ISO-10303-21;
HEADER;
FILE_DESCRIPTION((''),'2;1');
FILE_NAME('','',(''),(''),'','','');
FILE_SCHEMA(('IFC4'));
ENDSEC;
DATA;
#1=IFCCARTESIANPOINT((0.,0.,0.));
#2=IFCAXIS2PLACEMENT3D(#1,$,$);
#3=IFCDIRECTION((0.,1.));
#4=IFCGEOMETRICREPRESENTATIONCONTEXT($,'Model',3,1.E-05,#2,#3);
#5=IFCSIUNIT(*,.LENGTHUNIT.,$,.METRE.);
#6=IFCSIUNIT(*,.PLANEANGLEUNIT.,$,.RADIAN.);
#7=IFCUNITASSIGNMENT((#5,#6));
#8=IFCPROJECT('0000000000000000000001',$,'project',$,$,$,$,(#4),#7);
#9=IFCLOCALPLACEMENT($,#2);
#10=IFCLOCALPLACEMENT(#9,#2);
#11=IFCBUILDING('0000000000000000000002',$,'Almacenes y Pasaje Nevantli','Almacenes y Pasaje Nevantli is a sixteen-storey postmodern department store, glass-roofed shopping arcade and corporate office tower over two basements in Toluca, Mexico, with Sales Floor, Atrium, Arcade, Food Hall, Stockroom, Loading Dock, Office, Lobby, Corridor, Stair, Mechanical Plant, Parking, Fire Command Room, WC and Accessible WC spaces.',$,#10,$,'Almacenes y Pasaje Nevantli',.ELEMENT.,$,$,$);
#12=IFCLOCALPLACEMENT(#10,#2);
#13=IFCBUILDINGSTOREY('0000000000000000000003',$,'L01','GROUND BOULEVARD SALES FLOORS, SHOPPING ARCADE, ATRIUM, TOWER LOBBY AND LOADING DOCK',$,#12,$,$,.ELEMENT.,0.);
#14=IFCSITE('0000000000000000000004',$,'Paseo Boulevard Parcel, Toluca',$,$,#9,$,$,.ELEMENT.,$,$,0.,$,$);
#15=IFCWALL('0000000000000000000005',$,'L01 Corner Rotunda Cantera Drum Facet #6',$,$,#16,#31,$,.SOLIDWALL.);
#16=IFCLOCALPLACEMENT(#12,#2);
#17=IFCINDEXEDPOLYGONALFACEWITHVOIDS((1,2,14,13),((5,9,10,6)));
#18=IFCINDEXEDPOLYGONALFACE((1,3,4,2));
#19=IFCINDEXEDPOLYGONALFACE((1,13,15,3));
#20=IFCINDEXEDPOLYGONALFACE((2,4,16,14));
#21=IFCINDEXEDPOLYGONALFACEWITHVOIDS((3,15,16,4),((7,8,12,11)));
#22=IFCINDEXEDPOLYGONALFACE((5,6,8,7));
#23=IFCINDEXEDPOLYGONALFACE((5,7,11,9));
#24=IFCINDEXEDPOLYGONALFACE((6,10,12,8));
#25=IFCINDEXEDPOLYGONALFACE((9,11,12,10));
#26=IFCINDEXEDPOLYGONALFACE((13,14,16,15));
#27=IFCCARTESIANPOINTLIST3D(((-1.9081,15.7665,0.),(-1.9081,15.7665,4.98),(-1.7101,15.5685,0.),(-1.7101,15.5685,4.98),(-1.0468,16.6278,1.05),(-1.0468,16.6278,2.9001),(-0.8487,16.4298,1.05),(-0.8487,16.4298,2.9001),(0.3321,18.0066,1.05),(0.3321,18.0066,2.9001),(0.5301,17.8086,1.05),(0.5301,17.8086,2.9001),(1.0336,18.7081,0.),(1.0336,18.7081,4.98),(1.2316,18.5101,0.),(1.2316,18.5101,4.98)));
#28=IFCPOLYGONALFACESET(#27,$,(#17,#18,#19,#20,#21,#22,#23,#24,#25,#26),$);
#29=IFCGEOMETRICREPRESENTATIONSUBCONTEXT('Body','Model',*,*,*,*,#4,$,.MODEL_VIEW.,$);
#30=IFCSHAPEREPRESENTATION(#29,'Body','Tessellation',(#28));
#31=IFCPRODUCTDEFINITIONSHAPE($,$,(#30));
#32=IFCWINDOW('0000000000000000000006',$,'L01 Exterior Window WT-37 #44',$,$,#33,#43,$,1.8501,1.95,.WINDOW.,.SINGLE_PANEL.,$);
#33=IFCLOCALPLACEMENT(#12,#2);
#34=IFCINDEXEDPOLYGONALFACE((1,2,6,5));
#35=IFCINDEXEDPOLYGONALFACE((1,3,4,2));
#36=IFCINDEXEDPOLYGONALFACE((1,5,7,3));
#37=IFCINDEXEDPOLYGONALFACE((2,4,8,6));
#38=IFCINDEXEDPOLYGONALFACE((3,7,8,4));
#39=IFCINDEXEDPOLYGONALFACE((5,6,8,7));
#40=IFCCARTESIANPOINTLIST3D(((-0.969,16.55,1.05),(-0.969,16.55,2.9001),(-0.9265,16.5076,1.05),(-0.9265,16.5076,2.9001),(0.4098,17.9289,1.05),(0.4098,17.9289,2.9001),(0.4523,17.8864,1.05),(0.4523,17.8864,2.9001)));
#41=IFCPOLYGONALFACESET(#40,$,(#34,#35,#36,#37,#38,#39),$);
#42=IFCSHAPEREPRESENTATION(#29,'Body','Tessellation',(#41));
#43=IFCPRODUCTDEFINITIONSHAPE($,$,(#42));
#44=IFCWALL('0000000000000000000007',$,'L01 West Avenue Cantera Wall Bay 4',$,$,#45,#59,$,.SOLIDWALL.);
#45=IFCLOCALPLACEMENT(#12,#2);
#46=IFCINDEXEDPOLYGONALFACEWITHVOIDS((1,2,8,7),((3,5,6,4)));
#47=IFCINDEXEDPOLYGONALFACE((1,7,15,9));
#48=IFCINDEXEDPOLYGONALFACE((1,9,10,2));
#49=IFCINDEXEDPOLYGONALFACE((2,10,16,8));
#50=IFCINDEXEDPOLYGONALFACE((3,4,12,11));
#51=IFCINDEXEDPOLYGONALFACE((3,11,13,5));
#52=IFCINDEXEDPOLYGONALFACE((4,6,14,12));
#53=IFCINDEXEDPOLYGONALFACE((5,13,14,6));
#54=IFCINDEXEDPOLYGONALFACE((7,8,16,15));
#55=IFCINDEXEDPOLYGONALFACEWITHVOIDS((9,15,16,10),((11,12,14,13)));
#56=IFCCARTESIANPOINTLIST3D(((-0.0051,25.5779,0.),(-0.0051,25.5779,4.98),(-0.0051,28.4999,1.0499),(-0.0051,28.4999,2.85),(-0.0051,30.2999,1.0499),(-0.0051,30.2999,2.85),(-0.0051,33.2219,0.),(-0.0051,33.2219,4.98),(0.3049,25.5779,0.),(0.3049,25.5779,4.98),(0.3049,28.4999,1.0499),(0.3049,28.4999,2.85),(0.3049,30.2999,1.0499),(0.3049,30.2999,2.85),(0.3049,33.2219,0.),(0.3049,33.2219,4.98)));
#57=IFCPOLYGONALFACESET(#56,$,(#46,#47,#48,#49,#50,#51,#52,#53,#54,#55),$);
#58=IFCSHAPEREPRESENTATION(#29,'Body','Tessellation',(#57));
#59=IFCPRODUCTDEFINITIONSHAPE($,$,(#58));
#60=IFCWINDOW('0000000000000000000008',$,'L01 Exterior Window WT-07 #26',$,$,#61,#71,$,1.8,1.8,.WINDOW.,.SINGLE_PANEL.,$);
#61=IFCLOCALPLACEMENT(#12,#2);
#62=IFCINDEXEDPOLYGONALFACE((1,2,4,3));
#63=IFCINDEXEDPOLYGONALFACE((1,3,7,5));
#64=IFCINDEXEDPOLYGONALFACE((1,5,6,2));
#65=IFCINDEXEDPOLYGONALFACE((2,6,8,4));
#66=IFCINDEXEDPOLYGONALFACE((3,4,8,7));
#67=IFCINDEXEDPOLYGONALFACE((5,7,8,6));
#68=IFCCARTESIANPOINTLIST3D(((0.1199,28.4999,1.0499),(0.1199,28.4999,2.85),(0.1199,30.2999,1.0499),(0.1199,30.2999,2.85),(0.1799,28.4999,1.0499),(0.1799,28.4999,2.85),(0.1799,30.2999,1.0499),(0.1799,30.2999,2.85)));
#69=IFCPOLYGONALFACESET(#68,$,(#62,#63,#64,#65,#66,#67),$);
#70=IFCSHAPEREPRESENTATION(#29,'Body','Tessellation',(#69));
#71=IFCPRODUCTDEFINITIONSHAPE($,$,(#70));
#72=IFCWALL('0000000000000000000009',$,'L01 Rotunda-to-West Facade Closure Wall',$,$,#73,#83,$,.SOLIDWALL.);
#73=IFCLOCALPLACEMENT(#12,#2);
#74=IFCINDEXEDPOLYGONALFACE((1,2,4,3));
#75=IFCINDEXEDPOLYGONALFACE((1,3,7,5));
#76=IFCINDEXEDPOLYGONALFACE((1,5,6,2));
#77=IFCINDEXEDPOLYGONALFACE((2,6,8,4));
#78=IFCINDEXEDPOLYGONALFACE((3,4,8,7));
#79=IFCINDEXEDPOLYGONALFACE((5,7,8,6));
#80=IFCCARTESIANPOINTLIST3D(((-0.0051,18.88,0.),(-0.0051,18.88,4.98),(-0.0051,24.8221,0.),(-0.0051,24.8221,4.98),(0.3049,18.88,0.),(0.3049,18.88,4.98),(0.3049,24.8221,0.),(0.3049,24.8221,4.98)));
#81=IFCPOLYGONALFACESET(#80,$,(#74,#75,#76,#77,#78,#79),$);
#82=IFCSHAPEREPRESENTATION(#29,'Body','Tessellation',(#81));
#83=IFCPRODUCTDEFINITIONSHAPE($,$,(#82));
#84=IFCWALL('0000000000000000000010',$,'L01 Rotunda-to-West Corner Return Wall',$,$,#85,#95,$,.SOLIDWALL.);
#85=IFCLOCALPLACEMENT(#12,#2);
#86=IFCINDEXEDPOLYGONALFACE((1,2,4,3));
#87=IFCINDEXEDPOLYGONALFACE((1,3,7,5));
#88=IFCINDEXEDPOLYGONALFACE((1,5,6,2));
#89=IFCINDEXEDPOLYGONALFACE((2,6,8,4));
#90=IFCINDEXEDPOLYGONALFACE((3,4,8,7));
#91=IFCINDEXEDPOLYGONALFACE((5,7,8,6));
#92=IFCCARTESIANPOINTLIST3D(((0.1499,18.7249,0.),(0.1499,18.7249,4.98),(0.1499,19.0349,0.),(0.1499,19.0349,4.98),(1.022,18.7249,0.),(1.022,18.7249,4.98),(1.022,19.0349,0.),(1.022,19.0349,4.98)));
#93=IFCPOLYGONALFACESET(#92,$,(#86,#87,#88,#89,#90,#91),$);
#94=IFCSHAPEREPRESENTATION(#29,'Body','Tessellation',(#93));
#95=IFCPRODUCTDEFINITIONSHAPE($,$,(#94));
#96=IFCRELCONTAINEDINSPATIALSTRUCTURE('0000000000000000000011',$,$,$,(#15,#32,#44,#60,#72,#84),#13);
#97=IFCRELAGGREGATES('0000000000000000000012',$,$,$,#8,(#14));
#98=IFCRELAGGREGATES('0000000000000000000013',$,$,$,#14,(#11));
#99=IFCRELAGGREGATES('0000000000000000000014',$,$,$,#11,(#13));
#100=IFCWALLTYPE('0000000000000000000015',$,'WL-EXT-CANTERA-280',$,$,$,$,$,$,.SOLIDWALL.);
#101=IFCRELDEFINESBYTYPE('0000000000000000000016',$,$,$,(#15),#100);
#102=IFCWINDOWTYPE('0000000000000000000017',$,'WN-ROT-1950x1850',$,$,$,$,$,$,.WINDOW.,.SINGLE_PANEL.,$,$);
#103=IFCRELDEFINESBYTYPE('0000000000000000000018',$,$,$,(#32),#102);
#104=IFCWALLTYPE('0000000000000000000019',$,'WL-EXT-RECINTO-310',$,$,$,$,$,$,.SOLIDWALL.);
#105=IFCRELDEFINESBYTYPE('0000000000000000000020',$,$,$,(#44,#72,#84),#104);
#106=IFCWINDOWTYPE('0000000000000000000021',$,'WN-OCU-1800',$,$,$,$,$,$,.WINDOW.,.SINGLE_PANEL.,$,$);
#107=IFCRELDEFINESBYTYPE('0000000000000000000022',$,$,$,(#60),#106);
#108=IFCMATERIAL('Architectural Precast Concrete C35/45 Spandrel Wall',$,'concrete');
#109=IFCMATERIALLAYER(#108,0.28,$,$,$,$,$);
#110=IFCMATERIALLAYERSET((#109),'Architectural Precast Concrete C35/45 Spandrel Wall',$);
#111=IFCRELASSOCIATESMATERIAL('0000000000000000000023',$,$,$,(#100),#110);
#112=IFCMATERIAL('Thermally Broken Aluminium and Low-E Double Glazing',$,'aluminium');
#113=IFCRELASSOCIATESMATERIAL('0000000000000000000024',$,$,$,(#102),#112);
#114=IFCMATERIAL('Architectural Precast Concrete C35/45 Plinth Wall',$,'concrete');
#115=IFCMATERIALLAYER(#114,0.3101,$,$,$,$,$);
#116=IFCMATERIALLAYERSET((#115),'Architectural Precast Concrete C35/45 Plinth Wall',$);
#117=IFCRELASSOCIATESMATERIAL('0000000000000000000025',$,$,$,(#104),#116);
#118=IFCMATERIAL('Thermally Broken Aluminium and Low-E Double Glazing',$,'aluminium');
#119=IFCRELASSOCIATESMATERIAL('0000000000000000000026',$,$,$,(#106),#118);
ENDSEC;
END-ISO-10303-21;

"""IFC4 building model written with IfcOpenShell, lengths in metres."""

from ifc_helpers import new_model, si_unit, direction, frame, frame_2d, origin, place, context, subcontext, project, spatial, rectangle, extrude, material, layer, layer_set, type_object, element, fill, save


model = new_model("IFC4")

# Units and contexts
model_context = context("Model", 3, precision=1e-05, world=origin(), true_north=direction((0.0, 1.0)))
body_context = subcontext(model_context, "Body", "Model", "MODEL_VIEW")
ifc_project = project(units=[si_unit("LENGTHUNIT", "METRE"), si_unit("PLANEANGLEUNIT", "RADIAN")], contexts=[model_context])

# Site, building, storey
site_placement = place(None, origin())
site = spatial("IfcSite", under=ifc_project, at=site_placement, Name="Paseo Boulevard Parcel, Toluca", CompositionType="ELEMENT", RefElevation=0.0)
building_placement = place(site_placement, origin())
building = spatial("IfcBuilding", under=site, at=building_placement, Name="Almacenes y Pasaje Nevantli", Description="Almacenes y Pasaje Nevantli is a sixteen-storey postmodern department store, glass-roofed shopping arcade and corporate office tower over two basements in Toluca, Mexico, with Sales Floor, Atrium, Arcade, Food Hall, Stockroom, Loading Dock, Office, Lobby, Corridor, Stair, Mechanical Plant, Parking, Fire Command Room, WC and Accessible WC spaces.", LongName="Almacenes y Pasaje Nevantli", CompositionType="ELEMENT")
storey_placement = place(building_placement, origin())
storey = spatial("IfcBuildingStorey", under=building, at=storey_placement, Name="L01", Description="GROUND BOULEVARD SALES FLOORS, SHOPPING ARCADE, ATRIUM, TOWER LOBBY AND LOADING DOCK", CompositionType="ELEMENT", Elevation=0.0)

# Walls, openings, windows
ifc_material_1 = material(Name="Architectural Precast Concrete C35/45 Spandrel Wall", Category="concrete")
ifc_layer_1 = layer(ifc_material_1, 0.28)
ifc_layer_set_1 = layer_set([ifc_layer_1], Name="Architectural Precast Concrete C35/45 Spandrel Wall")
wall_type_1 = type_object("IfcWallType", Name="WL-EXT-CANTERA-280", PredefinedType="SOLIDWALL", material=ifc_layer_set_1)
wall_1_placement = place(storey_placement, frame((1.1326, 18.6091, 0.0), z_axis=(0.0, 0.0, 1.0), x_axis=(-0.707107, -0.707107, 0.0)))
wall_1 = element("IfcWall", 1, at=wall_1_placement, inside=storey, type_object=wall_type_1, Name="L01 Corner Rotunda Cantera Drum Facet #6", PredefinedType="SOLIDWALL", context=body_context, shape_type="SweptSolid", body=[
    extrude(rectangle(XDim=4.1602, YDim=0.28, at=frame_2d((2.0801, 0.0))), origin(), (0.0, 0.0, 1.0), 4.98),
])
opening_1_placement = place(wall_1_placement, frame((0.9919, 0.0, 1.05)))
opening_1 = element("IfcOpeningElement", 2, at=opening_1_placement, cuts=wall_1, PredefinedType="OPENING", context=body_context, shape_type="SweptSolid", body=[
    extrude(rectangle(XDim=1.95, YDim=1.8501, at=frame_2d((0.9751, 0.925))), frame((0.0, 0.1499, 0.0), z_axis=(0.0, -1.0, 0.0), x_axis=(1.0, 0.0, 0.0)), (0.0, 0.0, 1.0), 0.3),
])
ifc_material_2 = material(Name="Thermally Broken Aluminium and Low-E Double Glazing", Category="aluminium")
window_type_1 = type_object("IfcWindowType", Name="WN-ROT-1950x1850", PartitioningType="SINGLE_PANEL", PredefinedType="WINDOW", material=ifc_material_2)
window_1_placement = place(opening_1_placement, origin())
window_1 = element("IfcWindow", 3, at=window_1_placement, inside=storey, type_object=window_type_1, Name="L01 Exterior Window WT-37 #44", OverallHeight=1.8501, OverallWidth=1.95, PartitioningType="SINGLE_PANEL", PredefinedType="WINDOW", context=body_context, shape_type="SweptSolid", body=[
    extrude(rectangle(XDim=1.95, YDim=1.8501, at=frame_2d((0.9751, 0.925))), frame((0.0, 0.03, 0.0), z_axis=(0.0, -1.0, 0.0), x_axis=(1.0, 0.0, 0.0)), (0.0, 0.0, 1.0), 0.0601),
])
fill(opening_1, window_1)
ifc_material_3 = material(Name="Architectural Precast Concrete C35/45 Plinth Wall", Category="concrete")
ifc_layer_2 = layer(ifc_material_3, 0.3101)
ifc_layer_set_2 = layer_set([ifc_layer_2], Name="Architectural Precast Concrete C35/45 Plinth Wall")
wall_type_2 = type_object("IfcWallType", Name="WL-EXT-RECINTO-310", PredefinedType="SOLIDWALL", material=ifc_layer_set_2)
wall_2_placement = place(storey_placement, frame((0.1499, 25.5779, 0.0), z_axis=(0.0, 0.0, 1.0), x_axis=(0.0, 1.0, 0.0)))
wall_2 = element("IfcWall", 4, at=wall_2_placement, inside=storey, type_object=wall_type_2, Name="L01 West Avenue Cantera Wall Bay 4", PredefinedType="SOLIDWALL", context=body_context, shape_type="SweptSolid", body=[
    extrude(rectangle(XDim=7.644, YDim=0.3101, at=frame_2d((3.822, 0.0))), origin(), (0.0, 0.0, 1.0), 4.98),
])
opening_2_placement = place(wall_2_placement, frame((2.9221, 0.0, 1.05)))
opening_2 = element("IfcOpeningElement", 5, at=opening_2_placement, cuts=wall_2, PredefinedType="OPENING", context=body_context, shape_type="SweptSolid", body=[
    extrude(rectangle(XDim=1.8, YDim=1.8, at=frame_2d((0.8999, 0.8999))), frame((0.0, 0.165, 0.0), z_axis=(0.0, -1.0, 0.0), x_axis=(1.0, 0.0, 0.0)), (0.0, 0.0, 1.0), 0.3301),
])
ifc_material_4 = material(Name="Thermally Broken Aluminium and Low-E Double Glazing", Category="aluminium")
window_type_2 = type_object("IfcWindowType", Name="WN-OCU-1800", PartitioningType="SINGLE_PANEL", PredefinedType="WINDOW", material=ifc_material_4)
window_2_placement = place(opening_2_placement, origin())
window_2 = element("IfcWindow", 6, at=window_2_placement, inside=storey, type_object=window_type_2, Name="L01 Exterior Window WT-07 #26", OverallHeight=1.8, OverallWidth=1.8, PartitioningType="SINGLE_PANEL", PredefinedType="WINDOW", context=body_context, shape_type="SweptSolid", body=[
    extrude(rectangle(XDim=1.8, YDim=1.8, at=frame_2d((0.8999, 0.8999))), frame((0.0, 0.03, 0.0), z_axis=(0.0, -1.0, 0.0), x_axis=(1.0, 0.0, 0.0)), (0.0, 0.0, 1.0), 0.0601),
])
fill(opening_2, window_2)

# Walls
wall_3_placement = place(storey_placement, frame((0.1499, 18.8799, 0.0), z_axis=(0.0, 0.0, 1.0), x_axis=(0.0, 1.0, 0.0)))
element("IfcWall", 7, at=wall_3_placement, inside=storey, type_object=wall_type_2, Name="L01 Rotunda-to-West Facade Closure Wall", PredefinedType="SOLIDWALL", context=body_context, shape_type="SweptSolid", body=[
    extrude(rectangle(XDim=5.9421, YDim=0.3101, at=frame_2d((2.9712, 0.0))), origin(), (0.0, 0.0, 1.0), 4.98),
])
wall_4_placement = place(storey_placement, frame((0.1499, 18.8799, 0.0), z_axis=(0.0, 0.0, 1.0), x_axis=(1.0, 0.0, 0.0)))
element("IfcWall", 8, at=wall_4_placement, inside=storey, type_object=wall_type_2, Name="L01 Rotunda-to-West Corner Return Wall", PredefinedType="SOLIDWALL", context=body_context, shape_type="SweptSolid", body=[
    extrude(rectangle(XDim=0.8721, YDim=0.3101, at=frame_2d((0.436, 0.0))), origin(), (0.0, 0.0, 1.0), 4.98),
])

save(model, "model.ifc")
